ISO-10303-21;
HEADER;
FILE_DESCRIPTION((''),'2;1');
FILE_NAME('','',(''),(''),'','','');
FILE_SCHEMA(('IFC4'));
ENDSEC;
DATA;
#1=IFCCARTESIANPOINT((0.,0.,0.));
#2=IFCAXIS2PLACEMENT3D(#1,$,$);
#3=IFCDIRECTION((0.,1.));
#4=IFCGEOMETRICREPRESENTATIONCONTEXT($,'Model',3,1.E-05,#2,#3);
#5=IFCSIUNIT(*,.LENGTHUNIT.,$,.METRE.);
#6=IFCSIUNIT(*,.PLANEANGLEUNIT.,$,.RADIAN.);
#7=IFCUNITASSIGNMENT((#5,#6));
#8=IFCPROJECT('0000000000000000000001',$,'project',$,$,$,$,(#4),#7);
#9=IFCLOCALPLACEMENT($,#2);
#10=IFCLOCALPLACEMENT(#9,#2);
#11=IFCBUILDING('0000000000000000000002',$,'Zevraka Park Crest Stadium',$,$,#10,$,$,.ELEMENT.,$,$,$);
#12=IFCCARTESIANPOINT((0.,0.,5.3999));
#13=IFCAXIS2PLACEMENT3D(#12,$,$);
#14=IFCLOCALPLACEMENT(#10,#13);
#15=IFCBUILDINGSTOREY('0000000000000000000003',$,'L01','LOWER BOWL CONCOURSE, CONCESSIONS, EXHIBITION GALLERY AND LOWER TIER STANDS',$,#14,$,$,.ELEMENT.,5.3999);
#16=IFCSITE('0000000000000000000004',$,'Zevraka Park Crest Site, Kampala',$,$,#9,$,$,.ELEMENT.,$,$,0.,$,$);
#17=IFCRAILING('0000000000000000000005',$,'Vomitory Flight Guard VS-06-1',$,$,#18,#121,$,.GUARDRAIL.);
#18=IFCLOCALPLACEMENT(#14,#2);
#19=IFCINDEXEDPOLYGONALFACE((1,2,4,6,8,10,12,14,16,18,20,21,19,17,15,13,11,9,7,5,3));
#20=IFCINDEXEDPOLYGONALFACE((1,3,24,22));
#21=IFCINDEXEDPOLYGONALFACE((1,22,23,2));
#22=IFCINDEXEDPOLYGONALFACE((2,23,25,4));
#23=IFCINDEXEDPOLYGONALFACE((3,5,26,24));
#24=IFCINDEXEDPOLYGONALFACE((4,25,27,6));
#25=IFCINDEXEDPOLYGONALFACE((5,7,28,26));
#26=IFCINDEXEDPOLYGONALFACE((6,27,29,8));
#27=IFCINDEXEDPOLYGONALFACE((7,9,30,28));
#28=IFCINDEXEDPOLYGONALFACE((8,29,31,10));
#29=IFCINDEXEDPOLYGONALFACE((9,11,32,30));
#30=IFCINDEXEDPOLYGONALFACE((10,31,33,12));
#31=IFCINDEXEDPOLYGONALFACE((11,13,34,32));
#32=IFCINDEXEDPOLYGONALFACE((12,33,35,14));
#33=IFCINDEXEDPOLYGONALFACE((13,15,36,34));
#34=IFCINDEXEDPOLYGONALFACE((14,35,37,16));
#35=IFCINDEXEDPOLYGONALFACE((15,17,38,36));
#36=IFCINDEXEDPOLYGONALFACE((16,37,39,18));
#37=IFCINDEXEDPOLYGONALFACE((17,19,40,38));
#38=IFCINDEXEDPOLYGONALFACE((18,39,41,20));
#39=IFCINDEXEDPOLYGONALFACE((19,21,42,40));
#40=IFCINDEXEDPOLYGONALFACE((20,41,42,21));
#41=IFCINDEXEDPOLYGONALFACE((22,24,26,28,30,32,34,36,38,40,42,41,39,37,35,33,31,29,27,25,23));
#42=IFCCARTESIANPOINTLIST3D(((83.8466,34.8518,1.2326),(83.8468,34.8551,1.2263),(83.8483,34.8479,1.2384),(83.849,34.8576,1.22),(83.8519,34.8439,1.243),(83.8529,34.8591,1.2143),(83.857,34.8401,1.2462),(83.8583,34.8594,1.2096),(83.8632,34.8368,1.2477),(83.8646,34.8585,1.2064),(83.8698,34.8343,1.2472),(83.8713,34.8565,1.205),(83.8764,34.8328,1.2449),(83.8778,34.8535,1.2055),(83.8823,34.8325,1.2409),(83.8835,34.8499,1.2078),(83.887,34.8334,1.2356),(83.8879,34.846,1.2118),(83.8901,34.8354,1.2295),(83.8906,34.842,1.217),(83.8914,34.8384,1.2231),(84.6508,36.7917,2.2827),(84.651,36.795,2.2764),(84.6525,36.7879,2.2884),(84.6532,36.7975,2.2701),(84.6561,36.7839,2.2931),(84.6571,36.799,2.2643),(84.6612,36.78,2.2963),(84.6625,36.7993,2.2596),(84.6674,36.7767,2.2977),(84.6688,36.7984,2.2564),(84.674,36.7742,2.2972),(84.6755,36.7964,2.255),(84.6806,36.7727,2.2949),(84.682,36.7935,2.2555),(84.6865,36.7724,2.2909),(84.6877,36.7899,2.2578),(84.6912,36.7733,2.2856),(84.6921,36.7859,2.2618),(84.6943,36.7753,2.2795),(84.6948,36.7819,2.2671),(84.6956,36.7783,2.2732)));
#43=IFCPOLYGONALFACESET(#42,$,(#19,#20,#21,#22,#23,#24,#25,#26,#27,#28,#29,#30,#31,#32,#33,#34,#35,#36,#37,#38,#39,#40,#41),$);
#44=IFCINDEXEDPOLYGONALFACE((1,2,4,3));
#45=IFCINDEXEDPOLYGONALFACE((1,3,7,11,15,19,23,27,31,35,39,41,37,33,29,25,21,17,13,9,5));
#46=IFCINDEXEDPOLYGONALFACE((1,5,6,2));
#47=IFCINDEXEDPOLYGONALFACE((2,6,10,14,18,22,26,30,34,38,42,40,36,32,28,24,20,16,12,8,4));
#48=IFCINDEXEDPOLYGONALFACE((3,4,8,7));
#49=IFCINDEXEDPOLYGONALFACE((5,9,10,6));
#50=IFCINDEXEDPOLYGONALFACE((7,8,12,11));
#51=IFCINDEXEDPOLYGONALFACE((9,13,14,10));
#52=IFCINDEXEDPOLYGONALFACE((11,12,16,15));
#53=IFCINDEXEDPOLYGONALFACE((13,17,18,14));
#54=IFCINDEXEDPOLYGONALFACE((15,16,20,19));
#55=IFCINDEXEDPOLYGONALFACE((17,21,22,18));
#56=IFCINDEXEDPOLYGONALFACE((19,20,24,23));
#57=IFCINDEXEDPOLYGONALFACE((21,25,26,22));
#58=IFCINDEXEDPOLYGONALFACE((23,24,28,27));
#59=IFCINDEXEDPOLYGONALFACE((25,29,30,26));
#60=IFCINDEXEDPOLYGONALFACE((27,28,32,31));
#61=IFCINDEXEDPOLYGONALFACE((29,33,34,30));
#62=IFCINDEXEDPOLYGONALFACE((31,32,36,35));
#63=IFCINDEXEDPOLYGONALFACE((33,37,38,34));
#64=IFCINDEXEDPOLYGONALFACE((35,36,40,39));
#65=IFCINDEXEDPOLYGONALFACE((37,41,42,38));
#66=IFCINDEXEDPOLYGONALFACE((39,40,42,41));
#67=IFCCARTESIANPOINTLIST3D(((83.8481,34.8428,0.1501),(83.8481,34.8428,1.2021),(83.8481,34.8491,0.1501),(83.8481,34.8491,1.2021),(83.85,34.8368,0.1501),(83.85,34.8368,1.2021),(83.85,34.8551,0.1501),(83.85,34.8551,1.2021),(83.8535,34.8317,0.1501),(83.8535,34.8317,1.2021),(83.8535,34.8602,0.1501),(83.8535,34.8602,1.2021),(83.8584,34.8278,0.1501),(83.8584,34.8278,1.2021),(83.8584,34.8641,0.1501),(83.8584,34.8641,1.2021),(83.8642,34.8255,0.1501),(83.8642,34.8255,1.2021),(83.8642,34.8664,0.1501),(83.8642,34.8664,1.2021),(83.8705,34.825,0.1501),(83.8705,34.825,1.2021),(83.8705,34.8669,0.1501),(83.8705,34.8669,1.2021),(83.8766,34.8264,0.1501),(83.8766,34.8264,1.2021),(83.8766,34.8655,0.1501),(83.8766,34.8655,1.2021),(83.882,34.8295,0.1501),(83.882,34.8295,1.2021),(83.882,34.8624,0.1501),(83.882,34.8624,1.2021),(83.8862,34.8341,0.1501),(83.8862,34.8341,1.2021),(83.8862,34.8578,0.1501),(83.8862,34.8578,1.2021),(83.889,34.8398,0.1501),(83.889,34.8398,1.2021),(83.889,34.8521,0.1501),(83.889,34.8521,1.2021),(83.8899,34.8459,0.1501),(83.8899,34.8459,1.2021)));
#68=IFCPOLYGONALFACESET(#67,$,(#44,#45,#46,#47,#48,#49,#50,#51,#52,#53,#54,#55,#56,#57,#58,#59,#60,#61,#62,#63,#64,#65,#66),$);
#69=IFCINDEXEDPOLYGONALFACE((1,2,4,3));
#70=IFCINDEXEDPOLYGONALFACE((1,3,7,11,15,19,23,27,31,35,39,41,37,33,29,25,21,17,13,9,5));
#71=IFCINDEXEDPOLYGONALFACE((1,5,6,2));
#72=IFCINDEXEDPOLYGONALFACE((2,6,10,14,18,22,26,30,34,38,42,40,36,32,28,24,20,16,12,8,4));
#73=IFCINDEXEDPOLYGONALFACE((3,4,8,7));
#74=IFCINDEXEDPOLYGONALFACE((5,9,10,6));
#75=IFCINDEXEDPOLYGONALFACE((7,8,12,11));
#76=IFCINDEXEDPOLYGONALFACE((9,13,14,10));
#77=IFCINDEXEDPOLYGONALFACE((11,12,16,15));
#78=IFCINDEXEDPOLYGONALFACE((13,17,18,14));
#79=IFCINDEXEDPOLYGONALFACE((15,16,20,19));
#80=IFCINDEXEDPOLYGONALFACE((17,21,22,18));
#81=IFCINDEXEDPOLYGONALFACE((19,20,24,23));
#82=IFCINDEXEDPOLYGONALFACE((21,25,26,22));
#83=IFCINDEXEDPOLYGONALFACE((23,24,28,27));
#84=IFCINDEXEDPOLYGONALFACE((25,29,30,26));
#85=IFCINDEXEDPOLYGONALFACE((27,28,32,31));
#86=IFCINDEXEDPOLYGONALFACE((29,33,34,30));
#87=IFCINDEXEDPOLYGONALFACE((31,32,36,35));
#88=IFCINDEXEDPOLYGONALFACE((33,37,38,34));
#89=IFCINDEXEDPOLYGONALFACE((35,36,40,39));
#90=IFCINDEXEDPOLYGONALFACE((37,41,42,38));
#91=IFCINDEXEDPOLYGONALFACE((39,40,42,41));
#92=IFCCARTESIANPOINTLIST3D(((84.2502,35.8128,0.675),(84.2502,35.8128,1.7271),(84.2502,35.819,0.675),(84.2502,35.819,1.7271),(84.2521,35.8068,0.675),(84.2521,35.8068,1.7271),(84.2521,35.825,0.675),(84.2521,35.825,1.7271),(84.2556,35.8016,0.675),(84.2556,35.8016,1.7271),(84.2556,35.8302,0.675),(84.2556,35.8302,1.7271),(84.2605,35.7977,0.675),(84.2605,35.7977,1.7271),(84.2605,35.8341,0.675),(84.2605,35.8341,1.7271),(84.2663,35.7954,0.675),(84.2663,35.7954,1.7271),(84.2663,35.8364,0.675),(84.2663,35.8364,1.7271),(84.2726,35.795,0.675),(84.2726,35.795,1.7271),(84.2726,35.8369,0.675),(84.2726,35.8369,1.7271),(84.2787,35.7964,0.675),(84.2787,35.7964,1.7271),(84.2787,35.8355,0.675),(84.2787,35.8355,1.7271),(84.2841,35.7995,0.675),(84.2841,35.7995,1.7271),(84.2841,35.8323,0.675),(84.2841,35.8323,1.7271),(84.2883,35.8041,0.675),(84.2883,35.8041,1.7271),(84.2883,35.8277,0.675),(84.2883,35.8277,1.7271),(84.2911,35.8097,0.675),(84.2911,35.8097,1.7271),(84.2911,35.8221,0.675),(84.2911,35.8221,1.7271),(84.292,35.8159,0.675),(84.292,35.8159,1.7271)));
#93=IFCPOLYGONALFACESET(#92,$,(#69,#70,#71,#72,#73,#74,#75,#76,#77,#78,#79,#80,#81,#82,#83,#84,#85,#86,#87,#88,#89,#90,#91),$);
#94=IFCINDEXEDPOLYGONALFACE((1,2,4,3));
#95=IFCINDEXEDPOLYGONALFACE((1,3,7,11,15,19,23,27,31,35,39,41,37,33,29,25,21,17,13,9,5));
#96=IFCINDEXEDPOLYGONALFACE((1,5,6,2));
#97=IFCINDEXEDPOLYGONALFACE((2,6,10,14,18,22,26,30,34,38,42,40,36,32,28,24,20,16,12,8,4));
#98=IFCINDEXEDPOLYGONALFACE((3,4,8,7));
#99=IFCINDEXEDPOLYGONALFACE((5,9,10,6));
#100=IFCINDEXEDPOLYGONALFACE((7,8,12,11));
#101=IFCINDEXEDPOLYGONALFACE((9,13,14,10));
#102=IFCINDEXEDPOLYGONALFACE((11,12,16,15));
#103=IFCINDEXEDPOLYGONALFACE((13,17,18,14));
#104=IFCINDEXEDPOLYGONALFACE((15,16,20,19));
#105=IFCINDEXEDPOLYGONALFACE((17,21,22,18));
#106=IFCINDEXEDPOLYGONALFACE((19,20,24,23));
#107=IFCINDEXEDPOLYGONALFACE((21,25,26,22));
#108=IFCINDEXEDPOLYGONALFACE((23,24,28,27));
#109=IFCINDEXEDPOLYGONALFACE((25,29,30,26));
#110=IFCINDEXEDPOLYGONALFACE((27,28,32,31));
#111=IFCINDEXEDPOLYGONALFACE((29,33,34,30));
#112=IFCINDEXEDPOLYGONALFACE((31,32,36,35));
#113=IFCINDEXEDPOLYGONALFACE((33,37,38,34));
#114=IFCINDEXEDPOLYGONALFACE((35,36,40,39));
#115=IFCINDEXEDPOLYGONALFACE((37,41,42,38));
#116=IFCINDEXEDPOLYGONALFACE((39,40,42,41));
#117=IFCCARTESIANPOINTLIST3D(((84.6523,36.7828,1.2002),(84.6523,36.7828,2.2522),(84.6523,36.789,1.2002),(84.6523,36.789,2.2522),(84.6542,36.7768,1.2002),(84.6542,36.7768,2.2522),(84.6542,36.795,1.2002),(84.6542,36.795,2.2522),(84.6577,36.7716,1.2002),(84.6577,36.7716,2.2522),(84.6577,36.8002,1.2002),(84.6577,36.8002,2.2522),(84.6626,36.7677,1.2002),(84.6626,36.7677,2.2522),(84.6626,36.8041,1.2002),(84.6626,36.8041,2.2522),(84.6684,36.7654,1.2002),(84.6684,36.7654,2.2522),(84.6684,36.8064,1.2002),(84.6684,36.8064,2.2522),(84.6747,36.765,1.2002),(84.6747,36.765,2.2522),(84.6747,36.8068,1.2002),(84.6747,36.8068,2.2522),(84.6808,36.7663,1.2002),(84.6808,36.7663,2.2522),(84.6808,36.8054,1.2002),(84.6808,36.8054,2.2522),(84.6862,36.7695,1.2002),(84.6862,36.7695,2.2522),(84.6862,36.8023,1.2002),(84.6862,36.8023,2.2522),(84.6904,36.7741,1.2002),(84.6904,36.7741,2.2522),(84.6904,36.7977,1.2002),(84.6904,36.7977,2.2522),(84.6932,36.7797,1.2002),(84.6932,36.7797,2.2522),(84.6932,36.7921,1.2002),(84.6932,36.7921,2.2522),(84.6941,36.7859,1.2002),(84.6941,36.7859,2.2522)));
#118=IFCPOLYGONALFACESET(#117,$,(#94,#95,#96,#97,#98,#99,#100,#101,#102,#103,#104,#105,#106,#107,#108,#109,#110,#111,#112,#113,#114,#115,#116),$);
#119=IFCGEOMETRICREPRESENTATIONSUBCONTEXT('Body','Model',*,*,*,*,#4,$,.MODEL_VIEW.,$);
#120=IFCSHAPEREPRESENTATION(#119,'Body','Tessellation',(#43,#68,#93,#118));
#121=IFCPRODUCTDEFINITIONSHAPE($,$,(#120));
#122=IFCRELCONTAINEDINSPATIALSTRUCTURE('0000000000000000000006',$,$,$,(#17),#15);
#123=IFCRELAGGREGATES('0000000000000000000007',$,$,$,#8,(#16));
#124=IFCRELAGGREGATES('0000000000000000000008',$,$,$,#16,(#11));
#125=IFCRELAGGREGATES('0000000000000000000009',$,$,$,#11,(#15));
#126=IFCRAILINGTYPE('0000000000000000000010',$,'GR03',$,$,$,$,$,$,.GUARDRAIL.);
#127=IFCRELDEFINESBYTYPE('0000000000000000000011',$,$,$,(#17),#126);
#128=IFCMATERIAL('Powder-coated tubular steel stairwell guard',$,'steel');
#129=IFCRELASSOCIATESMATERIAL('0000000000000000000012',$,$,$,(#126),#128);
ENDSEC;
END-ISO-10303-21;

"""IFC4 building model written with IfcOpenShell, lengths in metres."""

from ifc_helpers import new_model, si_unit, direction, frame, origin, origin_2d, place, context, subcontext, project, spatial, circle, extrude, material, type_object, element, save


model = new_model("IFC4")

# Units and contexts
model_context = context("Model", 3, precision=1e-05, world=origin(), true_north=direction((0.0, 1.0)))
body_context = subcontext(model_context, "Body", "Model", "MODEL_VIEW")
ifc_project = project(units=[si_unit("LENGTHUNIT", "METRE"), si_unit("PLANEANGLEUNIT", "RADIAN")], contexts=[model_context])

# Site, building, storey
site_placement = place(None, origin())
site = spatial("IfcSite", under=ifc_project, at=site_placement, Name="Zevraka Park Crest Site, Kampala", CompositionType="ELEMENT", RefElevation=0.0)
building_placement = place(site_placement, origin())
building = spatial("IfcBuilding", under=site, at=building_placement, Name="Zevraka Park Crest Stadium", CompositionType="ELEMENT")
storey_placement = place(building_placement, frame((0.0, 0.0, 5.3999)))
storey = spatial("IfcBuildingStorey", under=building, at=storey_placement, Name="L01", Description="LOWER BOWL CONCOURSE, CONCESSIONS, EXHIBITION GALLERY AND LOWER TIER STANDS", CompositionType="ELEMENT", Elevation=5.3999)

# Railing
ifc_material_1 = material(Name="Powder-coated tubular steel stairwell guard", Category="steel")
railing_type_1 = type_object("IfcRailingType", Name="GR03", PredefinedType="GUARDRAIL", material=ifc_material_1)
railing_1_placement = place(storey_placement, frame((83.8689, 34.8459, 0.1501)))
element("IfcRailing", 1, at=railing_1_placement, inside=storey, type_object=railing_type_1, Name="Vomitory Flight Guard VS-06-1", PredefinedType="GUARDRAIL", context=body_context, shape_type="SweptSolid", body=[
    extrude(circle(Radius=0.0239, at=origin_2d()), frame((0.0, 0.0, 1.0762), z_axis=(0.342516, 0.82624, 0.447226), x_axis=(-0.92377, 0.382947, 0.0)), (0.0, 0.0, 1.0), 2.3479),
    extrude(circle(Radius=0.021, at=origin_2d()), origin(), (0.0, 0.0, 1.0), 1.052),
    extrude(circle(Radius=0.021, at=origin_2d()), frame((0.4021, 0.97, 0.5249)), (0.0, 0.0, 1.0), 1.052),
    extrude(circle(Radius=0.021, at=origin_2d()), frame((0.8042, 1.9399, 1.05)), (0.0, 0.0, 1.0), 1.052),
])

save(model, "model.ifc")
